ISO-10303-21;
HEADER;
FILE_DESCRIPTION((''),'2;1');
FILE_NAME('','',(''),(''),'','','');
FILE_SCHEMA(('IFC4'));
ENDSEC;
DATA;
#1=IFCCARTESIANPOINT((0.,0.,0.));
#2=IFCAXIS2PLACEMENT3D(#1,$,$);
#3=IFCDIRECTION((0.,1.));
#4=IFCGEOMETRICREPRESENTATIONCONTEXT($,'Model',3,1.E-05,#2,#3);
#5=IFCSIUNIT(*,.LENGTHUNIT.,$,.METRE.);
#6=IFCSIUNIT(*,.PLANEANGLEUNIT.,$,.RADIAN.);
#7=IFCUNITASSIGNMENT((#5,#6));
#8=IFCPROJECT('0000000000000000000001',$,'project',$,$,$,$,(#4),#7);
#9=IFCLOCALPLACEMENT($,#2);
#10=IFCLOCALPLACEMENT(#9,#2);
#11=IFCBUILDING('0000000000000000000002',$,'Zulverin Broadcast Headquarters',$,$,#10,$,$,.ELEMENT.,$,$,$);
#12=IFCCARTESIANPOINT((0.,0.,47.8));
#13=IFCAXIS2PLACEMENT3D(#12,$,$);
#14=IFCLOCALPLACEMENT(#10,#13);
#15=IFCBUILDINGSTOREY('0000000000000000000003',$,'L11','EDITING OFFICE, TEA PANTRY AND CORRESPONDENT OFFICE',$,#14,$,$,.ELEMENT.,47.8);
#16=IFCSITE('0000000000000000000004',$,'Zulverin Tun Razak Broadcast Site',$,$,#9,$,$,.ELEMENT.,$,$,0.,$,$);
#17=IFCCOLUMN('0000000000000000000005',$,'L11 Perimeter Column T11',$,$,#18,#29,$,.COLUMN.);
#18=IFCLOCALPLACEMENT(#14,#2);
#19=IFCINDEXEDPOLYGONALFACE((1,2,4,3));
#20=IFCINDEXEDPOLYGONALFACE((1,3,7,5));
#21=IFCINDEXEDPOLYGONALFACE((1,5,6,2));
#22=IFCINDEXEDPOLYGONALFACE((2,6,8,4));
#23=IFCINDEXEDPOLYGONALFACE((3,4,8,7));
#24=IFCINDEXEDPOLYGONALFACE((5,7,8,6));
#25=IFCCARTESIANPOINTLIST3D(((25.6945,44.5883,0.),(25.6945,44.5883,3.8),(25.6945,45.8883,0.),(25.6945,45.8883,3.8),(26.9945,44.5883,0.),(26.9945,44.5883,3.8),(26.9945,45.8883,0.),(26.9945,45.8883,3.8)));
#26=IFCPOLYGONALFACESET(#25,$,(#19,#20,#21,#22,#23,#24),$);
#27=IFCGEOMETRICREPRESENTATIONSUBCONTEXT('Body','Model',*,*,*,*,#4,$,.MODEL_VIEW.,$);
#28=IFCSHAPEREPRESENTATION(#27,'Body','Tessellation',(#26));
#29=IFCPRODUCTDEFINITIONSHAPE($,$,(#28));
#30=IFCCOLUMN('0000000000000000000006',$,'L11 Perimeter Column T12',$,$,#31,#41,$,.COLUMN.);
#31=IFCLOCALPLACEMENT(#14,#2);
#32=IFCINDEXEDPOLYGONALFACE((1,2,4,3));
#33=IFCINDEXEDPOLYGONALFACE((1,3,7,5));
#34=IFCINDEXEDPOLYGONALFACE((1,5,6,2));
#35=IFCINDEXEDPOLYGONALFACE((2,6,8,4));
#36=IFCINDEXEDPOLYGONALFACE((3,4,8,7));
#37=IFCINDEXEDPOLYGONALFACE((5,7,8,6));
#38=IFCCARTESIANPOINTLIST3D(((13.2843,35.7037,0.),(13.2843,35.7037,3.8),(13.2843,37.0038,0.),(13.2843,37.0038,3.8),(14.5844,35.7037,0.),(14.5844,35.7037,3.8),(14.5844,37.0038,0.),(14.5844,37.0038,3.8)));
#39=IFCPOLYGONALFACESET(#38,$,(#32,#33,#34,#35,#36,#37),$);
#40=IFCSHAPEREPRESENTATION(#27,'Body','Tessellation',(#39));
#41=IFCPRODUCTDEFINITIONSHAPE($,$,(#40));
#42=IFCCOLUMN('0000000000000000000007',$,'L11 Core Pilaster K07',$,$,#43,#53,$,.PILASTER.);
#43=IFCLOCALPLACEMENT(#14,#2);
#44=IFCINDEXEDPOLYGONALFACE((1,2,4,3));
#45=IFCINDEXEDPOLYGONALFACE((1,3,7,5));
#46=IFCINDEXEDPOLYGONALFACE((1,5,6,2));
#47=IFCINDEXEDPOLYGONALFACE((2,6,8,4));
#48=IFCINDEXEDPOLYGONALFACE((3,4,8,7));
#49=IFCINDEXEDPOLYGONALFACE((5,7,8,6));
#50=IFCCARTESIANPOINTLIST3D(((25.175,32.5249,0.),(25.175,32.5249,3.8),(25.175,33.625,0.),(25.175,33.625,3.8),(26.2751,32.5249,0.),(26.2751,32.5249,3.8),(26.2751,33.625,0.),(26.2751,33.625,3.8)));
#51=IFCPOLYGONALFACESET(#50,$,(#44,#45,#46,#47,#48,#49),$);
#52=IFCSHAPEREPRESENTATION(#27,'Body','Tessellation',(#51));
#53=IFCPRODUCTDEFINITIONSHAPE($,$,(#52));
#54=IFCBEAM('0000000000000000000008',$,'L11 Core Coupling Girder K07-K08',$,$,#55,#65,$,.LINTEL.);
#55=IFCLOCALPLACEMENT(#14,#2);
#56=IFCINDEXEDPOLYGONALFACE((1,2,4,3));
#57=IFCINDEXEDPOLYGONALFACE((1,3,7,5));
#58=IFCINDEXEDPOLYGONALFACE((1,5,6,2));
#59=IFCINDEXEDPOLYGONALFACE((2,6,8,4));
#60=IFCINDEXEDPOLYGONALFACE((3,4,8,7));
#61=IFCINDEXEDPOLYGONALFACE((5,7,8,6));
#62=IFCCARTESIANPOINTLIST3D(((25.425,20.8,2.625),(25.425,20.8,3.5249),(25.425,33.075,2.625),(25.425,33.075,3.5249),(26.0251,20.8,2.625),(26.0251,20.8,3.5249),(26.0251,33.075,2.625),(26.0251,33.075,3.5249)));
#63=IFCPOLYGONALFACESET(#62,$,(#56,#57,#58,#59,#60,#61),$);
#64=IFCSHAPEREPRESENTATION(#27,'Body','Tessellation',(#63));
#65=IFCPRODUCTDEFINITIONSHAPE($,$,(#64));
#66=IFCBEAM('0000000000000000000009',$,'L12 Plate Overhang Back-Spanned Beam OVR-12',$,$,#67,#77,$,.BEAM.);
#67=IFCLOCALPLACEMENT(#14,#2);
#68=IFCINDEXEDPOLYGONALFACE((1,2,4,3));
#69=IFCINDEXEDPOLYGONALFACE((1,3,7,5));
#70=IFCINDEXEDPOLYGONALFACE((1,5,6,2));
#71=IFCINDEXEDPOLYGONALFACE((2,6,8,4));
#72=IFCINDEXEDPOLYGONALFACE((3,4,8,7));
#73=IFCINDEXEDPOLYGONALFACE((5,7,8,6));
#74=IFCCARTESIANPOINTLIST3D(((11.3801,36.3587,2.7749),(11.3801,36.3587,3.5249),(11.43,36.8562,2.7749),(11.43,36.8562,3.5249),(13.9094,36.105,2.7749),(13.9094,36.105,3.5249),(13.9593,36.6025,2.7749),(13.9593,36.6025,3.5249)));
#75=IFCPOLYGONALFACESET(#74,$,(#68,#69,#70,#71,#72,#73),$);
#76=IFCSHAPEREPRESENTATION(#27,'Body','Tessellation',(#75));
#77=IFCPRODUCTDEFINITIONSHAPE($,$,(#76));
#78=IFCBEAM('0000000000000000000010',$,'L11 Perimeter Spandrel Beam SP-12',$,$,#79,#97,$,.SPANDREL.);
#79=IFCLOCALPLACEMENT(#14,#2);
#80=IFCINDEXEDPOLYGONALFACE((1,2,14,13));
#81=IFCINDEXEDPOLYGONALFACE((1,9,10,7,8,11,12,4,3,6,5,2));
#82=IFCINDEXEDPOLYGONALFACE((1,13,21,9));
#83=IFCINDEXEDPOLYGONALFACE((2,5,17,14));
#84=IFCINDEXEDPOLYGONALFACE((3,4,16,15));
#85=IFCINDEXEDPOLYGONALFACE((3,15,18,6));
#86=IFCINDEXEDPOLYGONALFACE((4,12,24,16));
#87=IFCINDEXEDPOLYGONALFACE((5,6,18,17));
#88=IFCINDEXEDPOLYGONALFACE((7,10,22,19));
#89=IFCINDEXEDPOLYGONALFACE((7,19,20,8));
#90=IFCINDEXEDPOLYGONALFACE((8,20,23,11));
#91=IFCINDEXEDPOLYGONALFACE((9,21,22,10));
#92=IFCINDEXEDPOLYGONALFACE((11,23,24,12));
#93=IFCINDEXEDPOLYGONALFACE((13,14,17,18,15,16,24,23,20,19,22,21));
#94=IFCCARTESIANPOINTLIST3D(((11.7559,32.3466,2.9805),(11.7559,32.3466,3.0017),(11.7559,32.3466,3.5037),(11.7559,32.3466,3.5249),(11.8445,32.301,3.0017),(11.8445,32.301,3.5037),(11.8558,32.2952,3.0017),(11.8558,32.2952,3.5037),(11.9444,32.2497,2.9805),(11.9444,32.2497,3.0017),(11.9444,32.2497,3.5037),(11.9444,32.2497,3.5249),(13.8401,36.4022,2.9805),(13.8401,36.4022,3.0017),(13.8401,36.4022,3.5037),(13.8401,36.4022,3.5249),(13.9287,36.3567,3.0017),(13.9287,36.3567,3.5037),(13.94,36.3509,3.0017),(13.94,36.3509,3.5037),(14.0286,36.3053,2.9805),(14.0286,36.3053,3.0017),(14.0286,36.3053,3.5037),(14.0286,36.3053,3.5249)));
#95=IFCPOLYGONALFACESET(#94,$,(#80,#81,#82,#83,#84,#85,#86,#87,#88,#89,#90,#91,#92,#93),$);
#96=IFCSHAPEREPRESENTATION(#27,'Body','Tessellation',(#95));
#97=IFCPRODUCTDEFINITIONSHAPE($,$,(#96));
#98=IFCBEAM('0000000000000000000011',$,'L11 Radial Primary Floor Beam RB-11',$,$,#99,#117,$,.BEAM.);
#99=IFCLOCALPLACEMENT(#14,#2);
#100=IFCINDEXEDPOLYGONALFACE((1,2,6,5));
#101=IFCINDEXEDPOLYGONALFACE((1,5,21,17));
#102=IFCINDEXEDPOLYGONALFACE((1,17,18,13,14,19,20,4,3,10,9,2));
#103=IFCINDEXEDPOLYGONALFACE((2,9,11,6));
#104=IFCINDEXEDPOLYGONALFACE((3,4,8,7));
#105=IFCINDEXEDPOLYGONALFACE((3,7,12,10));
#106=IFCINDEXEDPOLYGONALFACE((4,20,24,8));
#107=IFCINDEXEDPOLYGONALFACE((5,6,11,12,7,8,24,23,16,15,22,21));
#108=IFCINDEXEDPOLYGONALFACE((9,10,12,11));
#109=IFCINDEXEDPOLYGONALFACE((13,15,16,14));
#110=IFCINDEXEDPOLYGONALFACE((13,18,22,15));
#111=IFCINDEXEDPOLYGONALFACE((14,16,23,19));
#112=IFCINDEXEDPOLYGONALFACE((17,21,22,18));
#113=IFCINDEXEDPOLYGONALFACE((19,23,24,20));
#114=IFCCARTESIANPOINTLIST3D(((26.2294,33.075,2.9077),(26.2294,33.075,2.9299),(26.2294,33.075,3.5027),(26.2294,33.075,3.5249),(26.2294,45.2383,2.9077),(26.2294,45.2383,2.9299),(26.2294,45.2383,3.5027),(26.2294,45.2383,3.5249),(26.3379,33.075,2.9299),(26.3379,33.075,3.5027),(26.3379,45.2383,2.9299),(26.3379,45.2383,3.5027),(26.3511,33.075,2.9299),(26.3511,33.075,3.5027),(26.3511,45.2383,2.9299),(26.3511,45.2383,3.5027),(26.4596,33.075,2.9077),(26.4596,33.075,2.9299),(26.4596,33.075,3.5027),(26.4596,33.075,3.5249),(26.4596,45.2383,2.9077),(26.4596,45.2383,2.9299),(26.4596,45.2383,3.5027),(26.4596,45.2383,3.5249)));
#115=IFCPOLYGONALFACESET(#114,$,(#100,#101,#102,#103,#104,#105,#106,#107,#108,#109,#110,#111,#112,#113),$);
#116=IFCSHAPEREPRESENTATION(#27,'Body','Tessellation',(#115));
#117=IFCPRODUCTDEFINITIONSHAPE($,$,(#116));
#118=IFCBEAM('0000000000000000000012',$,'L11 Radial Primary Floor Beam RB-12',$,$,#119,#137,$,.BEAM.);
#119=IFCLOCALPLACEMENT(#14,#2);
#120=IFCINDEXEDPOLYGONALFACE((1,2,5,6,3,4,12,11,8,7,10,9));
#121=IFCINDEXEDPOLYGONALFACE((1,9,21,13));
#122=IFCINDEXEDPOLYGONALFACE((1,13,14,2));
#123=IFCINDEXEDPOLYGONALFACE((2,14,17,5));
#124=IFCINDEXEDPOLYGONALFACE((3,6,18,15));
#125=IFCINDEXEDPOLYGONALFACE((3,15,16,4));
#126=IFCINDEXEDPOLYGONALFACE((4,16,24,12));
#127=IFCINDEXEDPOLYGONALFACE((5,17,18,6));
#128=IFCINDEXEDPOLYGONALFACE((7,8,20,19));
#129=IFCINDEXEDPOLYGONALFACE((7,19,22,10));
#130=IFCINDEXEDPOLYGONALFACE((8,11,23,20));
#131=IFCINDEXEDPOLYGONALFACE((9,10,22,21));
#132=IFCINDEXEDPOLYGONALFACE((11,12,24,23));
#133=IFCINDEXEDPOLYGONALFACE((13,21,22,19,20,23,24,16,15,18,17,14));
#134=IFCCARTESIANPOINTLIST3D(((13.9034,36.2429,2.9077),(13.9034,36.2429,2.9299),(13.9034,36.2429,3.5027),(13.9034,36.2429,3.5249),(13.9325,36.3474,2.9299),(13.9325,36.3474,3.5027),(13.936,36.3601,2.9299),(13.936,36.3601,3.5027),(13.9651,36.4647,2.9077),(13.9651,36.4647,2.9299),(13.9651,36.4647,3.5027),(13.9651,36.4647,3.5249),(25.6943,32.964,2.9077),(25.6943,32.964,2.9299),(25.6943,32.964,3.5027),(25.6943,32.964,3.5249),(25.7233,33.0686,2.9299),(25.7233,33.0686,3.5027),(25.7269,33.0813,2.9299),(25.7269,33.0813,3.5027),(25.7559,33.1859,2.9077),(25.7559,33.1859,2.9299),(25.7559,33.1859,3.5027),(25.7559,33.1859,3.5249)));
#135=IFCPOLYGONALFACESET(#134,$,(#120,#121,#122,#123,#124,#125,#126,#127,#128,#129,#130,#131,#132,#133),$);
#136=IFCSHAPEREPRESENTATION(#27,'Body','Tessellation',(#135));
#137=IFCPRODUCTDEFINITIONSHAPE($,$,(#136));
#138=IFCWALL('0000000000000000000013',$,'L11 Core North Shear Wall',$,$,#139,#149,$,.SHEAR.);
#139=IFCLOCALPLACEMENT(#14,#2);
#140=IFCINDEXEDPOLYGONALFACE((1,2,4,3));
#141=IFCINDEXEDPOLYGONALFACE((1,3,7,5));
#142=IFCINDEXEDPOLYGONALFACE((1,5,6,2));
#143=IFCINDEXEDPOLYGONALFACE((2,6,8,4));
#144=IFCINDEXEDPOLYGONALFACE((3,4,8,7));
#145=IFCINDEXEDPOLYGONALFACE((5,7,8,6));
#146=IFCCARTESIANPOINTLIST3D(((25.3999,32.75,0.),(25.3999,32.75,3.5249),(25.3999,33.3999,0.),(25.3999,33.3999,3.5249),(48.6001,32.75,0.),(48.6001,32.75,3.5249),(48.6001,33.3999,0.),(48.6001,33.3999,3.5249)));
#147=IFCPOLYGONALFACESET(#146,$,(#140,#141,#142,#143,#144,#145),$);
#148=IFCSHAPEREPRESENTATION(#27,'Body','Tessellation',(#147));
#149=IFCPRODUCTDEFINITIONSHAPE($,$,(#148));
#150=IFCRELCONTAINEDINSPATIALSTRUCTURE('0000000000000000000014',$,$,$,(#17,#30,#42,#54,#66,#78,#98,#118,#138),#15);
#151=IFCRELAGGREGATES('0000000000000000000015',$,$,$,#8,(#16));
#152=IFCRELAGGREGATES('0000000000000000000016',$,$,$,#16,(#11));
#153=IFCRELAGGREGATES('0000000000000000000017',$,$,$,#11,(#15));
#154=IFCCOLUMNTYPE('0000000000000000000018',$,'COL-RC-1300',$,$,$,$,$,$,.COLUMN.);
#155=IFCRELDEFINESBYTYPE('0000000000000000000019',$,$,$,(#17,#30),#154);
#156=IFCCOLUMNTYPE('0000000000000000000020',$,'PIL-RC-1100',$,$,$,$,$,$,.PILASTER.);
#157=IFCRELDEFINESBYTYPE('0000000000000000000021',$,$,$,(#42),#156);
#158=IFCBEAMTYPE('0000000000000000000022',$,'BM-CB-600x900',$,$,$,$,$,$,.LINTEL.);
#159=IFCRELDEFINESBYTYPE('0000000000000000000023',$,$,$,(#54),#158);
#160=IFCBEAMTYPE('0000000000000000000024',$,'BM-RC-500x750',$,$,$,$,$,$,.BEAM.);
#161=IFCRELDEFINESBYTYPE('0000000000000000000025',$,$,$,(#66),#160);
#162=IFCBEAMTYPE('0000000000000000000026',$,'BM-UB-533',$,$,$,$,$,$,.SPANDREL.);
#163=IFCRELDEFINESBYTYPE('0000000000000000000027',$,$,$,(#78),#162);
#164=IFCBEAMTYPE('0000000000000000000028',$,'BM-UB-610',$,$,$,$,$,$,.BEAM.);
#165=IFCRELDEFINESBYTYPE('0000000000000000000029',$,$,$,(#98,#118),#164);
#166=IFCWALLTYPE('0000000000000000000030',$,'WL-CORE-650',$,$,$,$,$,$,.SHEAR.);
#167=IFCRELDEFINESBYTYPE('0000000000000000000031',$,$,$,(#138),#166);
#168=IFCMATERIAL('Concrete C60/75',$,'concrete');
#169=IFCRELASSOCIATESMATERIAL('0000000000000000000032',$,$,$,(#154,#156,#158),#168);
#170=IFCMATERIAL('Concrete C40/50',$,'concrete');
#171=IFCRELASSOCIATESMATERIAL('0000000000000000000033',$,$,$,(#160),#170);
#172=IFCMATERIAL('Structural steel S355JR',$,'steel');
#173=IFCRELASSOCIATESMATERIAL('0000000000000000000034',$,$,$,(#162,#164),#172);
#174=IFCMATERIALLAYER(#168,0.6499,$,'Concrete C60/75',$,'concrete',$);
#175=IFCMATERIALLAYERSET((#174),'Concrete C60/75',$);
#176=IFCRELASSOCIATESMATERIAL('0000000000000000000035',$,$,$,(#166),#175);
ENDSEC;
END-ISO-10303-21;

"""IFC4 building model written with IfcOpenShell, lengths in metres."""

from ifc_helpers import new_model, si_unit, direction, frame, frame_2d, origin, origin_2d, place, context, subcontext, project, spatial, rectangle, i_section, extrude, material, layer, layer_set, material_profile, profile_set, type_object, element, save


model = new_model("IFC4")

# Units and contexts
model_context = context("Model", 3, precision=1e-05, world=origin(), true_north=direction((0.0, 1.0)))
body_context = subcontext(model_context, "Body", "Model", "MODEL_VIEW")
ifc_project = project(units=[si_unit("LENGTHUNIT", "METRE"), si_unit("PLANEANGLEUNIT", "RADIAN")], contexts=[model_context])

# Site, building, storey
site_placement = place(None, origin())
site = spatial("IfcSite", under=ifc_project, at=site_placement, Name="Zulverin Tun Razak Broadcast Site", CompositionType="ELEMENT", RefElevation=0.0)
building_placement = place(site_placement, origin())
building = spatial("IfcBuilding", under=site, at=building_placement, Name="Zulverin Broadcast Headquarters", CompositionType="ELEMENT")
storey_placement = place(building_placement, frame((0.0, 0.0, 47.8)))
storey = spatial("IfcBuildingStorey", under=building, at=storey_placement, Name="L11", Description="EDITING OFFICE, TEA PANTRY AND CORRESPONDENT OFFICE", CompositionType="ELEMENT", Elevation=47.8)

# Columns
ifc_material_1 = material(Name="Concrete C60/75", Category="concrete")
ifc_material_profile_1 = material_profile(ifc_material_1, rectangle(XDim=1.3, YDim=1.3, at=origin_2d()), Name="Concrete C60/75", Category="concrete")
ifc_profile_set_1 = profile_set([ifc_material_profile_1], Name="Concrete C60/75")
column_type_1 = type_object("IfcColumnType", Name="COL-RC-1300", PredefinedType="COLUMN", material=ifc_profile_set_1)
for number, where, z_axis, x_axis, name in (
    (1, (26.3445, 45.2383, 0.0), (0.0, 0.0, 1.0), (1.0, 0.0, 0.0), "L11 Perimeter Column T11"),
    (2, (13.9343, 36.3538, 0.0), (0.0, 0.0, 1.0), (1.0, 0.0, 0.0), "L11 Perimeter Column T12"),
):
    element("IfcColumn", number, at=place(storey_placement, frame(where, z_axis=z_axis, x_axis=x_axis)), inside=storey, type_object=column_type_1, Name=name, PredefinedType="COLUMN", context=body_context, shape_type="SweptSolid", body=[
        extrude(rectangle(XDim=1.3, YDim=1.3, at=origin_2d()), origin(), (0.0, 0.0, 1.0), 3.8),
    ])
ifc_material_profile_2 = material_profile(ifc_material_1, rectangle(XDim=1.1001, YDim=1.1001, at=origin_2d()), Name="Concrete C60/75", Category="concrete")
ifc_profile_set_2 = profile_set([ifc_material_profile_2], Name="Concrete C60/75")
column_type_2 = type_object("IfcColumnType", Name="PIL-RC-1100", PredefinedType="PILASTER", material=ifc_profile_set_2)
column_placement = place(storey_placement, frame((25.7251, 33.075, 0.0), z_axis=(0.0, 0.0, 1.0), x_axis=(1.0, 0.0, 0.0)))
element("IfcColumn", 3, at=column_placement, inside=storey, type_object=column_type_2, Name="L11 Core Pilaster K07", PredefinedType="PILASTER", context=body_context, shape_type="SweptSolid", body=[
    extrude(rectangle(XDim=1.1001, YDim=1.1001, at=origin_2d()), origin(), (0.0, 0.0, 1.0), 3.8),
])

# Beams
ifc_material_profile_3 = material_profile(ifc_material_1, rectangle(XDim=0.6001, YDim=0.8999, at=origin_2d()), Name="Concrete C60/75", Category="concrete")
ifc_profile_set_3 = profile_set([ifc_material_profile_3], Name="Concrete C60/75")
beam_type_1 = type_object("IfcBeamType", Name="BM-CB-600x900", PredefinedType="LINTEL", material=ifc_profile_set_3)
beam_1_placement = place(storey_placement, frame((25.7251, 33.075, 3.075), z_axis=(0.0, -1.0, 0.0), x_axis=(1.0, 0.0, 0.0)))
element("IfcBeam", 4, at=beam_1_placement, inside=storey, type_object=beam_type_1, Name="L11 Core Coupling Girder K07-K08", PredefinedType="LINTEL", context=body_context, shape_type="SweptSolid", body=[
    extrude(rectangle(XDim=0.6001, YDim=0.8999, at=origin_2d()), origin(), (0.0, 0.0, 1.0), 12.2749),
])
ifc_material_2 = material(Name="Concrete C40/50", Category="concrete")
ifc_material_profile_4 = material_profile(ifc_material_2, rectangle(XDim=0.5, YDim=0.75, at=origin_2d()), Name="Concrete C40/50", Category="concrete")
ifc_profile_set_4 = profile_set([ifc_material_profile_4], Name="Concrete C40/50")
beam_type_2 = type_object("IfcBeamType", Name="BM-RC-500x750", PredefinedType="BEAM", material=ifc_profile_set_4)
beam_2_placement = place(storey_placement, frame((13.9343, 36.3538, 3.1499), z_axis=(-0.995009, 0.099789, 0.0), x_axis=(-0.099789, -0.995009, 0.0)))
element("IfcBeam", 5, at=beam_2_placement, inside=storey, type_object=beam_type_2, Name="L12 Plate Overhang Back-Spanned Beam OVR-12", PredefinedType="BEAM", context=body_context, shape_type="SweptSolid", body=[
    extrude(rectangle(XDim=0.5, YDim=0.75, at=origin_2d()), origin(), (0.0, 0.0, 1.0), 2.542),
])
ifc_material_3 = material(Name="Structural steel S355JR", Category="steel")
ifc_material_profile_5 = material_profile(ifc_material_3, i_section(OverallWidth=0.2119, OverallDepth=0.5444, WebThickness=0.0127, FlangeThickness=0.0212, at=origin_2d()), Name="Structural steel S355JR", Category="steel")
ifc_profile_set_5 = profile_set([ifc_material_profile_5], Name="Structural steel S355JR")
beam_type_3 = type_object("IfcBeamType", Name="BM-UB-533", PredefinedType="SPANDREL", material=ifc_profile_set_5)
beam_3_placement = place(storey_placement, frame((13.9343, 36.3538, 3.2527), z_axis=(-0.457081, -0.889425, 0.0), x_axis=(0.889425, -0.457081, 0.0)))
element("IfcBeam", 6, at=beam_3_placement, inside=storey, type_object=beam_type_3, Name="L11 Perimeter Spandrel Beam SP-12", PredefinedType="SPANDREL", context=body_context, shape_type="SweptSolid", body=[
    extrude(i_section(OverallWidth=0.2119, OverallDepth=0.5444, WebThickness=0.0127, FlangeThickness=0.0212, at=origin_2d()), origin(), (0.0, 0.0, 1.0), 4.5598),
])
ifc_material_profile_6 = material_profile(ifc_material_3, i_section(OverallWidth=0.2302, OverallDepth=0.6172, WebThickness=0.0132, FlangeThickness=0.0222, at=origin_2d()), Name="Structural steel S355JR", Category="steel")
ifc_profile_set_6 = profile_set([ifc_material_profile_6], Name="Structural steel S355JR")
beam_type_4 = type_object("IfcBeamType", Name="BM-UB-610", PredefinedType="BEAM", material=ifc_profile_set_6)
beam_4_placement = place(storey_placement, frame((26.3445, 33.075, 3.2163), z_axis=(0.0, 1.0, 0.0), x_axis=(-1.0, 0.0, 0.0)))
element("IfcBeam", 7, at=beam_4_placement, inside=storey, type_object=beam_type_4, Name="L11 Radial Primary Floor Beam RB-11", PredefinedType="BEAM", context=body_context, shape_type="SweptSolid", body=[
    extrude(i_section(OverallWidth=0.2302, OverallDepth=0.6172, WebThickness=0.0132, FlangeThickness=0.0222, at=origin_2d()), origin(), (0.0, 0.0, 1.0), 12.1633),
])
beam_5_placement = place(storey_placement, frame((25.7251, 33.075, 3.2163), z_axis=(-0.963442, 0.267917, 0.0), x_axis=(-0.267917, -0.963442, 0.0)))
element("IfcBeam", 8, at=beam_5_placement, inside=storey, type_object=beam_type_4, Name="L11 Radial Primary Floor Beam RB-12", PredefinedType="BEAM", context=body_context, shape_type="SweptSolid", body=[
    extrude(i_section(OverallWidth=0.2302, OverallDepth=0.6172, WebThickness=0.0132, FlangeThickness=0.0222, at=origin_2d()), origin(), (0.0, 0.0, 1.0), 12.2383),
])

# Wall
ifc_layer_1 = layer(ifc_material_1, 0.6499, Name="Concrete C60/75", Category="concrete")
ifc_layer_set_1 = layer_set([ifc_layer_1], Name="Concrete C60/75")
wall_type_1 = type_object("IfcWallType", Name="WL-CORE-650", PredefinedType="SHEAR", material=ifc_layer_set_1)
wall_1_placement = place(storey_placement, frame((25.3999, 33.075, 0.0), z_axis=(0.0, 0.0, 1.0), x_axis=(1.0, 0.0, 0.0)))
element("IfcWall", 9, at=wall_1_placement, inside=storey, type_object=wall_type_1, Name="L11 Core North Shear Wall", PredefinedType="SHEAR", context=body_context, shape_type="SweptSolid", body=[
    extrude(rectangle(XDim=23.2002, YDim=0.6499, at=frame_2d((11.6001, 0.0))), origin(), (0.0, 0.0, 1.0), 3.5249),
])

save(model, "model.ifc")
